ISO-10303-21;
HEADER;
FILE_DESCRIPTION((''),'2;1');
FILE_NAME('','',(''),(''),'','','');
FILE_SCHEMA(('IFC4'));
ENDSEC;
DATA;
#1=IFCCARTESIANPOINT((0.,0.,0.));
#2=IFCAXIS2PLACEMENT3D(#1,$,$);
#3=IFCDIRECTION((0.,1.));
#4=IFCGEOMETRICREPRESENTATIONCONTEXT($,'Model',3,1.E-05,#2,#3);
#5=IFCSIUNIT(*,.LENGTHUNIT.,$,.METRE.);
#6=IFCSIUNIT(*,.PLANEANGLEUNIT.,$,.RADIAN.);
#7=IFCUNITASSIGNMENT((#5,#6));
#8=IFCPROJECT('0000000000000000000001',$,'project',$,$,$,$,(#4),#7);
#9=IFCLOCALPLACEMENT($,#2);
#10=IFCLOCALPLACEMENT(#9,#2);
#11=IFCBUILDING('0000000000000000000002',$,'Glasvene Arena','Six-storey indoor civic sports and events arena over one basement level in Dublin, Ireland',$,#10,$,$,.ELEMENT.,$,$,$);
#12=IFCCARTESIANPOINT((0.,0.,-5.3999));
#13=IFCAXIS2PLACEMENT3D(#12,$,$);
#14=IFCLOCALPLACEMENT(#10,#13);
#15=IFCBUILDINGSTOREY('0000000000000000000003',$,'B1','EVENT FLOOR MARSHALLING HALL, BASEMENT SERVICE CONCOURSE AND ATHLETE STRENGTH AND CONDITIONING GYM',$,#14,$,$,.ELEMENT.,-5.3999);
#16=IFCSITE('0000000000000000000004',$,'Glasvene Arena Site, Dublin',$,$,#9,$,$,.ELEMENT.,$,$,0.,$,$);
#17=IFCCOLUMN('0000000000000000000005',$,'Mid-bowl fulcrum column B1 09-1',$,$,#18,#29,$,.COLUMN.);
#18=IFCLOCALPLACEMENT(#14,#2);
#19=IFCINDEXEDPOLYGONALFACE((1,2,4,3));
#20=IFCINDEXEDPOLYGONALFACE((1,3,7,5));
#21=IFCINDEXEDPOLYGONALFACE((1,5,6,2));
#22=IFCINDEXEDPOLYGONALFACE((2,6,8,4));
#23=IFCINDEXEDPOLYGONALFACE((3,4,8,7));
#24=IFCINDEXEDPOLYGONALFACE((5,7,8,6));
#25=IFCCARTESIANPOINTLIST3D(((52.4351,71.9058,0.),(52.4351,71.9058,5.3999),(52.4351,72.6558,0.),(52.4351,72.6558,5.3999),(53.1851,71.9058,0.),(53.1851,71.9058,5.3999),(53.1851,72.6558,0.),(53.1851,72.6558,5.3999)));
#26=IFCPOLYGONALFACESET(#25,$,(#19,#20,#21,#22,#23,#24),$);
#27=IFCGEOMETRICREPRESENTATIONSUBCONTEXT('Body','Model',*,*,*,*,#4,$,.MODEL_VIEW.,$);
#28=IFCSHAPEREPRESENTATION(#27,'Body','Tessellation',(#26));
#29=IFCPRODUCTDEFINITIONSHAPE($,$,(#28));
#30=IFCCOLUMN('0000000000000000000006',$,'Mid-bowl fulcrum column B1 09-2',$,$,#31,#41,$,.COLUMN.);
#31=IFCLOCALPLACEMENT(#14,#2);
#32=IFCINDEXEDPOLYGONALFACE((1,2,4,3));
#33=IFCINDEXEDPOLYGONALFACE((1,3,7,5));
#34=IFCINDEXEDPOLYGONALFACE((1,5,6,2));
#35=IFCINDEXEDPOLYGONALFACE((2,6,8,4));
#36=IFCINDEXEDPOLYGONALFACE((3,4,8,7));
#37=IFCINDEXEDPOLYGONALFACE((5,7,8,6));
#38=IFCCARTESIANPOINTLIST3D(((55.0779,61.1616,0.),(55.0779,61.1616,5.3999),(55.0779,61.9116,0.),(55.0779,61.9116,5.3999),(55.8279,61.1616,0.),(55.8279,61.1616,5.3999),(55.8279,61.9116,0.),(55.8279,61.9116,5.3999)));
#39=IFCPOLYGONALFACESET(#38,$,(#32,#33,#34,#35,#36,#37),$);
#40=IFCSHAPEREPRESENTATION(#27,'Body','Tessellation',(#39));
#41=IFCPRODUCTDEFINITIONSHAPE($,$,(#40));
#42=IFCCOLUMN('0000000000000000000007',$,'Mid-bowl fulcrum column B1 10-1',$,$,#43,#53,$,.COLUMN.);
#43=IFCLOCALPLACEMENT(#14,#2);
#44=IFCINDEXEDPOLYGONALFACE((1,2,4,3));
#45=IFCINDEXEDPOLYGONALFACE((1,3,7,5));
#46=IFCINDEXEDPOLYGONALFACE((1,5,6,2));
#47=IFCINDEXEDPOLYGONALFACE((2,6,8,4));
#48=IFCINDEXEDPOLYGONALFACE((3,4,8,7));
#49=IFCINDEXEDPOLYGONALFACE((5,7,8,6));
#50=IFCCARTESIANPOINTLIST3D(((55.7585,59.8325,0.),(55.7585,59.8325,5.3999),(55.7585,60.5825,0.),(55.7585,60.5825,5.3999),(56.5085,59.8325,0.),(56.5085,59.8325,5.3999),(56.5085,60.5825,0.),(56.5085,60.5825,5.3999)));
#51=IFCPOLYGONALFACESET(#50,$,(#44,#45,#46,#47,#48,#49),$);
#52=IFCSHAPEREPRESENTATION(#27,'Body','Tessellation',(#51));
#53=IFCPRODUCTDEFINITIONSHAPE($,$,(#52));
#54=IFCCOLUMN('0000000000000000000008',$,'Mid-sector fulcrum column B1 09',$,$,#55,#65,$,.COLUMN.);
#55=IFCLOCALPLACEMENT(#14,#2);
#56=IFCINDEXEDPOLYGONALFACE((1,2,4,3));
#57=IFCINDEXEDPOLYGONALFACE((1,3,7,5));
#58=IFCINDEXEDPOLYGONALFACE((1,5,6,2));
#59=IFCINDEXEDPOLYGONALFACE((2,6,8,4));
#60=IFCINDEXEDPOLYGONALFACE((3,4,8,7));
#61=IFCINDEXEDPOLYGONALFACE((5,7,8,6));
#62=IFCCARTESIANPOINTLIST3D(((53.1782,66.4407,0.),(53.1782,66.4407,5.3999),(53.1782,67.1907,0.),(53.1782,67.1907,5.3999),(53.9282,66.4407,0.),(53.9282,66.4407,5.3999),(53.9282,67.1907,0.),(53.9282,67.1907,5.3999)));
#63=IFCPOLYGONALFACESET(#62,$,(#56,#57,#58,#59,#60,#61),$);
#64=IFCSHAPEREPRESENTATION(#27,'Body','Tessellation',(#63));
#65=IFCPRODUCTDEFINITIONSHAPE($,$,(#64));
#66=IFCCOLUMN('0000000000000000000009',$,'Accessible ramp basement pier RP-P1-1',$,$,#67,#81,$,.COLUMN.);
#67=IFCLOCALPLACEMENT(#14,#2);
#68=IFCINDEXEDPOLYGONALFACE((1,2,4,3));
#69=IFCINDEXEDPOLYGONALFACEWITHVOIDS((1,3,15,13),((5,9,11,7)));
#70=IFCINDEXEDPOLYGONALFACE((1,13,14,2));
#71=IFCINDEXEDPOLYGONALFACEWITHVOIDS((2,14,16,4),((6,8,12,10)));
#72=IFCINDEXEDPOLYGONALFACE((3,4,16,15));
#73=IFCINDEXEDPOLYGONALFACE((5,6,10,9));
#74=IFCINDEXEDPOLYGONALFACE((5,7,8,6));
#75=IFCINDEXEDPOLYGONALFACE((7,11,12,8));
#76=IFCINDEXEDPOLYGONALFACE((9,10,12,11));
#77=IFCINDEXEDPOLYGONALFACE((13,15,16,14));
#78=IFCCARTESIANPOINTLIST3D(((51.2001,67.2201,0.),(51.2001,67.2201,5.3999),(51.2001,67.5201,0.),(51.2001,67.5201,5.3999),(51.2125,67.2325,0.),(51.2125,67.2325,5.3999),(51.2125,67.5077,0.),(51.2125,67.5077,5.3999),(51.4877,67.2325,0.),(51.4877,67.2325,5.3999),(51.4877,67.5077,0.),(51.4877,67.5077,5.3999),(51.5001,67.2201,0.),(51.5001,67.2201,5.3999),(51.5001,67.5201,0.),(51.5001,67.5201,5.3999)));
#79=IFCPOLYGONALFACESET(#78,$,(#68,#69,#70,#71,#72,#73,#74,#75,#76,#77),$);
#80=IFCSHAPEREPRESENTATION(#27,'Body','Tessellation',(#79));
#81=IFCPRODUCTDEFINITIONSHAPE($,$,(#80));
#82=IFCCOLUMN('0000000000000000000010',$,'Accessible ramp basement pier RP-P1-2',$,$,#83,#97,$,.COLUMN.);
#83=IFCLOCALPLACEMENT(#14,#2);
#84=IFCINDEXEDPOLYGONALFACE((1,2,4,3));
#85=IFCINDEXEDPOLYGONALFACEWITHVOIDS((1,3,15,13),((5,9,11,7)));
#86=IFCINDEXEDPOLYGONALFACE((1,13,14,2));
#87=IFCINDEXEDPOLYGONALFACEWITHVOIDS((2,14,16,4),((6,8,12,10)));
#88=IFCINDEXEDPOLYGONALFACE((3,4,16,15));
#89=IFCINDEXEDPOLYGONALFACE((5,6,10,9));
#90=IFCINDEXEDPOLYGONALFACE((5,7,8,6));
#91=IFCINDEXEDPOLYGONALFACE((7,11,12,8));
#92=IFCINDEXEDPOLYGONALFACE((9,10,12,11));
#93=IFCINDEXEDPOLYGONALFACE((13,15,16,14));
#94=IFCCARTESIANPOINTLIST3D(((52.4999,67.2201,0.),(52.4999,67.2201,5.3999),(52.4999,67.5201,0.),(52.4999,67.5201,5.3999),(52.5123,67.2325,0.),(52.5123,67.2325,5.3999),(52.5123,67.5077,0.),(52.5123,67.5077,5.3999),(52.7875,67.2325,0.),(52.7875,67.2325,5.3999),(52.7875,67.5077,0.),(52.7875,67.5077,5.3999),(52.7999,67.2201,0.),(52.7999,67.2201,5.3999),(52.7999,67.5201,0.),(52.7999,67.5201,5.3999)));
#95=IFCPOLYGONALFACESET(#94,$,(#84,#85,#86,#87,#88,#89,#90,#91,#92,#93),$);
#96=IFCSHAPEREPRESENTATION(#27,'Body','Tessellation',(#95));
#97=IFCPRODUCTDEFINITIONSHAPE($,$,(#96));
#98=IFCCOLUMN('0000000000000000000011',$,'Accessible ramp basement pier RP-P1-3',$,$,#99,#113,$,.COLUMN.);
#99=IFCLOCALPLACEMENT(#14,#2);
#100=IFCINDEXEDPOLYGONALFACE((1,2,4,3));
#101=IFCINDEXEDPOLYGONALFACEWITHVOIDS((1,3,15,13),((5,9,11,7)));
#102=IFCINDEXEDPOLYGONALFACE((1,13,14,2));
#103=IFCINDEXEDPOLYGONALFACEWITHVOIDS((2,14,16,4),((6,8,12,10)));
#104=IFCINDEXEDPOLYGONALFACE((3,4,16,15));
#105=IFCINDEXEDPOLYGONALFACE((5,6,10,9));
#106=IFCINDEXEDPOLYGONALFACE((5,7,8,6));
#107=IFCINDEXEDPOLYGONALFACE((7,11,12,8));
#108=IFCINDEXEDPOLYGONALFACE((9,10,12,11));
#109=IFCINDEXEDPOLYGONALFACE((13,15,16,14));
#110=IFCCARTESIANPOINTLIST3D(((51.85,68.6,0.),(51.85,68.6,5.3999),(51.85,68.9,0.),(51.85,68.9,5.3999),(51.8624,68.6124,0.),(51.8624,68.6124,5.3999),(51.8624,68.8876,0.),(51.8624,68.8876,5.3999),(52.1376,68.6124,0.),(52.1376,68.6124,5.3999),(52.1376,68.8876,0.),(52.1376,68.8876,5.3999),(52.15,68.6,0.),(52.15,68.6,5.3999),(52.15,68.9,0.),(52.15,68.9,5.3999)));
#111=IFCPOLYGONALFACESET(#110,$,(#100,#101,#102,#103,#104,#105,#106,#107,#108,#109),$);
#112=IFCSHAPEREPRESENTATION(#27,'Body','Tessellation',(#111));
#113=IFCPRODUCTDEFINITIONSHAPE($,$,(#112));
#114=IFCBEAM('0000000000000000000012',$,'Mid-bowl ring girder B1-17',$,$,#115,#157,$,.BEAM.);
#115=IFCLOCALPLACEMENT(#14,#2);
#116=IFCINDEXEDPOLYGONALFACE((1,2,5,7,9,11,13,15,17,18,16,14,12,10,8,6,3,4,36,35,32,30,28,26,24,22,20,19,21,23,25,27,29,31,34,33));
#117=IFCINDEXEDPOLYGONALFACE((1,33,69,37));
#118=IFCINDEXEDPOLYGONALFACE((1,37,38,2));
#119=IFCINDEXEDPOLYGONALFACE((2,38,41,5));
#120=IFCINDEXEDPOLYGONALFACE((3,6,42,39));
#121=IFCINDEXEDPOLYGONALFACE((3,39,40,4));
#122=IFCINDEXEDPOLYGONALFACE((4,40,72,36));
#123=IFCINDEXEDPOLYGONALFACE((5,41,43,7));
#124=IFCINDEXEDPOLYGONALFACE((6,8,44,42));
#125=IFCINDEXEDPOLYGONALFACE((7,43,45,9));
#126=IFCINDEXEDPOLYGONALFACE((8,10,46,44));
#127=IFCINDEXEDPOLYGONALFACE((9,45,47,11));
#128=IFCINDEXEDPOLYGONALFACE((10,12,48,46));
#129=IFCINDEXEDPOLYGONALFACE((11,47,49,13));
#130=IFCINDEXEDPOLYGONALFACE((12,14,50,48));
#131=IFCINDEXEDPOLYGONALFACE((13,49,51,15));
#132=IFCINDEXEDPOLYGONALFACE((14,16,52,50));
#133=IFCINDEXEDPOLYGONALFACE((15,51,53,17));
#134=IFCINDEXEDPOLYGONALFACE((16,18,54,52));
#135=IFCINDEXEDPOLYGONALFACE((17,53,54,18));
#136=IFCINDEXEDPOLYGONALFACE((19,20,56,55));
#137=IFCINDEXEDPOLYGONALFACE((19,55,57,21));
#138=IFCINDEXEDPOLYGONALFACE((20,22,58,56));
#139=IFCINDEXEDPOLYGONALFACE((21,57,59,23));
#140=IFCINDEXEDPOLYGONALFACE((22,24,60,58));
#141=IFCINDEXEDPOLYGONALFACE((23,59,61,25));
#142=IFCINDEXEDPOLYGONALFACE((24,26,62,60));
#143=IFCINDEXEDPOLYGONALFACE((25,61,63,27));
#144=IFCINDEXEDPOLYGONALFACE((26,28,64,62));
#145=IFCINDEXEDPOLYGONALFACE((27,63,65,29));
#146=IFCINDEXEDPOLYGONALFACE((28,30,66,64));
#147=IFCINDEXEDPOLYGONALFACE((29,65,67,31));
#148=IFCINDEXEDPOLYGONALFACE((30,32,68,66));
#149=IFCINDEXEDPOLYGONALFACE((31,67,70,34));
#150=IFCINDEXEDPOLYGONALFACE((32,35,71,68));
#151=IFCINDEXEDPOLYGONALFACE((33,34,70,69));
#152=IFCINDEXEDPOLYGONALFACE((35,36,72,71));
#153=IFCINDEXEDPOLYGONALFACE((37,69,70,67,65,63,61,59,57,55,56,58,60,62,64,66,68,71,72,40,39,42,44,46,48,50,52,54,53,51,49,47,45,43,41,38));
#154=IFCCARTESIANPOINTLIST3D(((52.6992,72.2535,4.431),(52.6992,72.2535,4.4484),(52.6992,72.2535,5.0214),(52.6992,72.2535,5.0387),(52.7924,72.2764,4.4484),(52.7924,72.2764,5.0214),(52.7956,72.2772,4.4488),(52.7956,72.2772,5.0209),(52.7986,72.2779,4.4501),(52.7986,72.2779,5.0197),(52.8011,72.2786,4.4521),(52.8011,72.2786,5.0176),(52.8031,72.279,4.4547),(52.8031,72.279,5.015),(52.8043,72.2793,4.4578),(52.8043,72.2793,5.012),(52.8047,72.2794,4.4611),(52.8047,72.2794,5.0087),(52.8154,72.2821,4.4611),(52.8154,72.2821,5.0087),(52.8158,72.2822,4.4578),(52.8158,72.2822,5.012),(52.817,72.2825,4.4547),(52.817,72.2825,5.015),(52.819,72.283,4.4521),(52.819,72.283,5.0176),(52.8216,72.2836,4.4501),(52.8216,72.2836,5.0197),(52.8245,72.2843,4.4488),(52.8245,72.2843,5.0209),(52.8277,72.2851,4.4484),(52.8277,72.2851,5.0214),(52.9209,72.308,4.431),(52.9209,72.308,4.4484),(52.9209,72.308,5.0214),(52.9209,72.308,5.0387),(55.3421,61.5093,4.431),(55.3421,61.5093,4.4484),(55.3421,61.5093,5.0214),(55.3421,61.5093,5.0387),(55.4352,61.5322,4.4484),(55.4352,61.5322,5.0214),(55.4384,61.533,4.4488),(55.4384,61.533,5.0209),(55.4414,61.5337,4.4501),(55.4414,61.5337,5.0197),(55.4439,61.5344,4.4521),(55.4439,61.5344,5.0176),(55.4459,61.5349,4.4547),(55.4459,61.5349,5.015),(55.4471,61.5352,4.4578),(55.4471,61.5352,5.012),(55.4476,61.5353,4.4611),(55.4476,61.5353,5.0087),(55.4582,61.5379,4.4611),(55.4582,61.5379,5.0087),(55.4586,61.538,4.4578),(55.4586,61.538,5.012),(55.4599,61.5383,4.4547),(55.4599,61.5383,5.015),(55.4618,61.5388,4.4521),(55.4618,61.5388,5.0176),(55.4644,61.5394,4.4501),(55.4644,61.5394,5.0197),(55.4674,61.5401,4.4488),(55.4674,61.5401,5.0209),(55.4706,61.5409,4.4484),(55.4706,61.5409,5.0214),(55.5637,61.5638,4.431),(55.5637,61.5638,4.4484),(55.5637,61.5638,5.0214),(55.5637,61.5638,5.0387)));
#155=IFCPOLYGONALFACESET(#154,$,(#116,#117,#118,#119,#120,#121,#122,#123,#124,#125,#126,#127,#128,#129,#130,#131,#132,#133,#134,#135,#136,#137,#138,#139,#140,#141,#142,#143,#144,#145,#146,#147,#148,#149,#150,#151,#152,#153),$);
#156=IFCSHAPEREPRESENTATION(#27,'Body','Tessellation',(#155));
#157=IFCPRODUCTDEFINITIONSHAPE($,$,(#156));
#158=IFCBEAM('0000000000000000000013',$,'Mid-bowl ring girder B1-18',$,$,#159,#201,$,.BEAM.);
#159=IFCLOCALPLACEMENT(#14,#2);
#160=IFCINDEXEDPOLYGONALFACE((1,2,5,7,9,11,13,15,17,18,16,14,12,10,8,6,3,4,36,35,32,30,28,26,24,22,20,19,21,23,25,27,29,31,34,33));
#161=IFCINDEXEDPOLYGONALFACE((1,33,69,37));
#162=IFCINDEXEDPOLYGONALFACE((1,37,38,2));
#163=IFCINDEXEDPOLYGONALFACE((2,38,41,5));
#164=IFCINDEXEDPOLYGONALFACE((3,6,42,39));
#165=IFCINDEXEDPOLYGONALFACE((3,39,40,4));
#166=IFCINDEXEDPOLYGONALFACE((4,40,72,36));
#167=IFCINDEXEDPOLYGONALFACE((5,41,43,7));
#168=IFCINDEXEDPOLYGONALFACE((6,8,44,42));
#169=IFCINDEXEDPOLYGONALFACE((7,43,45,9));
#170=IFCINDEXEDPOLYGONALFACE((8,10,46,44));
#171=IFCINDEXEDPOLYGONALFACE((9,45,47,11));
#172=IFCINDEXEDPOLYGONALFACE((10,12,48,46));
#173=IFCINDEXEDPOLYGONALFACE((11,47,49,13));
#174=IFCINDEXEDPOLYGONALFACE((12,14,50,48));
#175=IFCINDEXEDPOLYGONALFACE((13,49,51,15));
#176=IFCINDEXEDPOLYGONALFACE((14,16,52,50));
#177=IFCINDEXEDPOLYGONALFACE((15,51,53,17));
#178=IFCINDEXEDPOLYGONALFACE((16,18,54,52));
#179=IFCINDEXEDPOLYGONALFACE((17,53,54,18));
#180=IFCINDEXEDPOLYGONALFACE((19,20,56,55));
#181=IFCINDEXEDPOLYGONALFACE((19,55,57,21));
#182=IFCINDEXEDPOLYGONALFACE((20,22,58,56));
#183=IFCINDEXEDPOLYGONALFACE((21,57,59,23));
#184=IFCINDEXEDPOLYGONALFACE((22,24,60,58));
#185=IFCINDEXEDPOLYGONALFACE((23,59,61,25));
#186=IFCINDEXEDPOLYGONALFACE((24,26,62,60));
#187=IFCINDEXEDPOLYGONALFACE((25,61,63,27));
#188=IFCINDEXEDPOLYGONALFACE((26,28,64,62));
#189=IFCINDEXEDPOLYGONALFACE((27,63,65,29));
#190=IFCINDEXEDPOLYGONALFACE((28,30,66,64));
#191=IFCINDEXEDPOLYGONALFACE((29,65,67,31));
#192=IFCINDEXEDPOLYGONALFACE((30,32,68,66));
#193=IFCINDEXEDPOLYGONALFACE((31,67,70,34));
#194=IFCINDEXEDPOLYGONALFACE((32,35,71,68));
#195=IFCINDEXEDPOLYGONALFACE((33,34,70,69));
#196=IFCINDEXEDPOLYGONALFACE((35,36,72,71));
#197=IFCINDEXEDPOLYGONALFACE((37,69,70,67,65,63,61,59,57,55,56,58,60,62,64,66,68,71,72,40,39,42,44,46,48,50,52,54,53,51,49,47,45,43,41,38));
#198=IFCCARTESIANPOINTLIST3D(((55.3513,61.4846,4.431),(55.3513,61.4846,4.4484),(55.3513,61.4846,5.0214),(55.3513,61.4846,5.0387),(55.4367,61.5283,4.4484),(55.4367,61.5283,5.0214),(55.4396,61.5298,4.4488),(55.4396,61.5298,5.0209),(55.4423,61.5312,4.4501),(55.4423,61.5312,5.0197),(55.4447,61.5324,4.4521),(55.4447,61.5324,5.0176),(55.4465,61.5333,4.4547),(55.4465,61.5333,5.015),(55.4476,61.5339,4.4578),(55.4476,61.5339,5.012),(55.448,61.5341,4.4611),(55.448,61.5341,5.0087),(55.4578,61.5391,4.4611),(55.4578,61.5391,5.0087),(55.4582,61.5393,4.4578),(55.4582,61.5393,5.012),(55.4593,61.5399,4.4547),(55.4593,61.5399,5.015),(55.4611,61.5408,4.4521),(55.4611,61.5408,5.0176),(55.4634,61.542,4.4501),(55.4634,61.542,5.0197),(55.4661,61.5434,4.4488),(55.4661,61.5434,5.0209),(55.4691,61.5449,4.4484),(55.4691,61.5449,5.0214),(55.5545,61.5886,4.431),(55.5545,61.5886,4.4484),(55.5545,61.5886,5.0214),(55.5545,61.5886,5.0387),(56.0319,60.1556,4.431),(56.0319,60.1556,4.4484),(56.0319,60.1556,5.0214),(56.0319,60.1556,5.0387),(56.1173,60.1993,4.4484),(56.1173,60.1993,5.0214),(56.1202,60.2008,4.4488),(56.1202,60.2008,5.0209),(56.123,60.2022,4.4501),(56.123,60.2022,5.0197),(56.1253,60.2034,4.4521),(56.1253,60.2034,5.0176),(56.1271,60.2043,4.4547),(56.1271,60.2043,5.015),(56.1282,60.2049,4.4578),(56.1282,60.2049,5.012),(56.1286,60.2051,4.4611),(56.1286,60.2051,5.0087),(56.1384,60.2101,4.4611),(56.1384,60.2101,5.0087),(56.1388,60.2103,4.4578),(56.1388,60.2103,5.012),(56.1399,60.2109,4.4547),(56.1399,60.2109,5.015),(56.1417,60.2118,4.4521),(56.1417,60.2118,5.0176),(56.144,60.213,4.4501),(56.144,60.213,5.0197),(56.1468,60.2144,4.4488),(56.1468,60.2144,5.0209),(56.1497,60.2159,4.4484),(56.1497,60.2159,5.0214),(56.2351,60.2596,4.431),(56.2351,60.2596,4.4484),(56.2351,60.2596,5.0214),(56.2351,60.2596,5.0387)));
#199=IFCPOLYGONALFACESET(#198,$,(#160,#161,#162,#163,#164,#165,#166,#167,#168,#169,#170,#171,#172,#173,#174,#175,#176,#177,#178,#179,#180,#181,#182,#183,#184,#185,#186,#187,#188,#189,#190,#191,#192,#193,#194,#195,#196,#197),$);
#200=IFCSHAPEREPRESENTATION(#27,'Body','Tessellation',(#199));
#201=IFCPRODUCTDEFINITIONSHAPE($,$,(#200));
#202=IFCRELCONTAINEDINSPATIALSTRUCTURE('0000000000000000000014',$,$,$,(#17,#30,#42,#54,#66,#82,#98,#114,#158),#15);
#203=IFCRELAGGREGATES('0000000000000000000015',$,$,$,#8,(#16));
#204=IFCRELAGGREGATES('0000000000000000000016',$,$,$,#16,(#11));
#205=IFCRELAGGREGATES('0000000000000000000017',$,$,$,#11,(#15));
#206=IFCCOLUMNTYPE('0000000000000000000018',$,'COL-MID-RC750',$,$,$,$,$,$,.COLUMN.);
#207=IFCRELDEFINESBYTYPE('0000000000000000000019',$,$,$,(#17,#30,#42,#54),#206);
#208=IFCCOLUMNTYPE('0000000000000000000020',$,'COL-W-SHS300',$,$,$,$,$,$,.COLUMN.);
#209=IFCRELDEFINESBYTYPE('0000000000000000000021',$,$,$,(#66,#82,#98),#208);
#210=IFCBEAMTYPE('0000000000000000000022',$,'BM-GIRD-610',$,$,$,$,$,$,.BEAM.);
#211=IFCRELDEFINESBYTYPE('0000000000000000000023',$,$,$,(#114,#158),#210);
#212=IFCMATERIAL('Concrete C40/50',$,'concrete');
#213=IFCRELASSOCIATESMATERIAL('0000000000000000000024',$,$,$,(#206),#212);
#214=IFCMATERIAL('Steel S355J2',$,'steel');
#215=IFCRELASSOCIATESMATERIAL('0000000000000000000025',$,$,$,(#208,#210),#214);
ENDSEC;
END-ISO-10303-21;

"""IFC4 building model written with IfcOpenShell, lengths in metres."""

from ifc_helpers import new_model, si_unit, direction, frame, origin, origin_2d, place, context, subcontext, project, spatial, rectangle, hollow_rectangle, i_section, extrude, material, material_profile, profile_set, type_object, element, save


model = new_model("IFC4")

# Units and contexts
model_context = context("Model", 3, precision=1e-05, world=origin(), true_north=direction((0.0, 1.0)))
body_context = subcontext(model_context, "Body", "Model", "MODEL_VIEW")
ifc_project = project(units=[si_unit("LENGTHUNIT", "METRE"), si_unit("PLANEANGLEUNIT", "RADIAN")], contexts=[model_context])

# Site, building, storey
site_placement = place(None, origin())
site = spatial("IfcSite", under=ifc_project, at=site_placement, Name="Glasvene Arena Site, Dublin", CompositionType="ELEMENT", RefElevation=0.0)
building_placement = place(site_placement, origin())
building = spatial("IfcBuilding", under=site, at=building_placement, Name="Glasvene Arena", Description="Six-storey indoor civic sports and events arena over one basement level in Dublin, Ireland", CompositionType="ELEMENT")
storey_placement = place(building_placement, frame((0.0, 0.0, -5.3999)))
storey = spatial("IfcBuildingStorey", under=building, at=storey_placement, Name="B1", Description="EVENT FLOOR MARSHALLING HALL, BASEMENT SERVICE CONCOURSE AND ATHLETE STRENGTH AND CONDITIONING GYM", CompositionType="ELEMENT", Elevation=-5.3999)

# Shared definitions
ifc_material_1 = material(Name="Concrete C40/50", Category="concrete")

# Columns
ifc_material_profile_1 = material_profile(ifc_material_1, rectangle(XDim=0.75, YDim=0.75, at=origin_2d()), Name="RC 750x750")
ifc_profile_set_1 = profile_set([ifc_material_profile_1], Name="Concrete C40/50")
column_type_1 = type_object("IfcColumnType", Name="COL-MID-RC750", PredefinedType="COLUMN", material=ifc_profile_set_1)
for number, where, z_axis, x_axis, name in (
    (1, (52.8101, 72.2808, 0.0), (0.0, 0.0, 1.0), (1.0, 0.0, 0.0), "Mid-bowl fulcrum column B1 09-1"),
    (2, (55.4529, 61.5366, 0.0), (0.0, 0.0, 1.0), (1.0, 0.0, 0.0), "Mid-bowl fulcrum column B1 09-2"),
    (3, (56.1335, 60.2075, 0.0), (0.0, 0.0, 1.0), (1.0, 0.0, 0.0), "Mid-bowl fulcrum column B1 10-1"),
    (4, (53.5532, 66.8157, 0.0), (0.0, 0.0, 1.0), (1.0, 0.0, 0.0), "Mid-sector fulcrum column B1 09"),
):
    element("IfcColumn", number, at=place(storey_placement, frame(where, z_axis=z_axis, x_axis=x_axis)), inside=storey, type_object=column_type_1, Name=name, PredefinedType="COLUMN", context=body_context, shape_type="SweptSolid", body=[
        extrude(rectangle(XDim=0.75, YDim=0.75, at=origin_2d()), origin(), (0.0, 0.0, 1.0), 5.3999),
    ])
ifc_material_2 = material(Name="Steel S355J2", Category="steel")
ifc_material_profile_2 = material_profile(ifc_material_2, hollow_rectangle(XDim=0.3, YDim=0.3, WallThickness=0.0125, at=origin_2d()), Name="SHS 300x300x12.5")
ifc_profile_set_2 = profile_set([ifc_material_profile_2], Name="Steel S355J2")
column_type_2 = type_object("IfcColumnType", Name="COL-W-SHS300", PredefinedType="COLUMN", material=ifc_profile_set_2)
for number, where, z_axis, x_axis, name in (
    (5, (51.3501, 67.3701, 0.0), (0.0, 0.0, 1.0), (1.0, 0.0, 0.0), "Accessible ramp basement pier RP-P1-1"),
    (6, (52.6499, 67.3701, 0.0), (0.0, 0.0, 1.0), (1.0, 0.0, 0.0), "Accessible ramp basement pier RP-P1-2"),
    (7, (52.0, 68.75, 0.0), (0.0, 0.0, 1.0), (1.0, 0.0, 0.0), "Accessible ramp basement pier RP-P1-3"),
):
    element("IfcColumn", number, at=place(storey_placement, frame(where, z_axis=z_axis, x_axis=x_axis)), inside=storey, type_object=column_type_2, Name=name, PredefinedType="COLUMN", context=body_context, shape_type="SweptSolid", body=[
        extrude(hollow_rectangle(XDim=0.3, YDim=0.3, WallThickness=0.0125, at=origin_2d()), origin(), (0.0, 0.0, 1.0), 5.3999),
    ])

# Beams
ifc_material_profile_3 = material_profile(ifc_material_2, i_section(OverallWidth=0.2283, OverallDepth=0.6077, WebThickness=0.011, FlangeThickness=0.0173, FilletRadius=0.0127, at=origin_2d()), Name="UKB 610x229x113")
ifc_profile_set_3 = profile_set([ifc_material_profile_3], Name="Steel S355J2")
beam_type_1 = type_object("IfcBeamType", Name="BM-GIRD-610", PredefinedType="BEAM", material=ifc_profile_set_3)
beam_1_placement = place(storey_placement, frame((52.8101, 72.2808, 4.7349), z_axis=(0.238858, -0.971054, 0.0), x_axis=(0.971054, 0.238858, 0.0)))
element("IfcBeam", 8, at=beam_1_placement, inside=storey, type_object=beam_type_1, Name="Mid-bowl ring girder B1-17", PredefinedType="BEAM", context=body_context, shape_type="SweptSolid", body=[
    extrude(i_section(OverallWidth=0.2283, OverallDepth=0.6077, WebThickness=0.011, FlangeThickness=0.0173, FilletRadius=0.0127, at=origin_2d()), origin(), (0.0, 0.0, 1.0), 11.0645),
])
beam_2_placement = place(storey_placement, frame((55.4529, 61.5366, 4.7349), z_axis=(0.455825, -0.890069, 0.0), x_axis=(0.890069, 0.455825, 0.0)))
element("IfcBeam", 9, at=beam_2_placement, inside=storey, type_object=beam_type_1, Name="Mid-bowl ring girder B1-18", PredefinedType="BEAM", context=body_context, shape_type="SweptSolid", body=[
    extrude(i_section(OverallWidth=0.2283, OverallDepth=0.6077, WebThickness=0.011, FlangeThickness=0.0173, FilletRadius=0.0127, at=origin_2d()), origin(), (0.0, 0.0, 1.0), 1.4932),
])

save(model, "model.ifc")
